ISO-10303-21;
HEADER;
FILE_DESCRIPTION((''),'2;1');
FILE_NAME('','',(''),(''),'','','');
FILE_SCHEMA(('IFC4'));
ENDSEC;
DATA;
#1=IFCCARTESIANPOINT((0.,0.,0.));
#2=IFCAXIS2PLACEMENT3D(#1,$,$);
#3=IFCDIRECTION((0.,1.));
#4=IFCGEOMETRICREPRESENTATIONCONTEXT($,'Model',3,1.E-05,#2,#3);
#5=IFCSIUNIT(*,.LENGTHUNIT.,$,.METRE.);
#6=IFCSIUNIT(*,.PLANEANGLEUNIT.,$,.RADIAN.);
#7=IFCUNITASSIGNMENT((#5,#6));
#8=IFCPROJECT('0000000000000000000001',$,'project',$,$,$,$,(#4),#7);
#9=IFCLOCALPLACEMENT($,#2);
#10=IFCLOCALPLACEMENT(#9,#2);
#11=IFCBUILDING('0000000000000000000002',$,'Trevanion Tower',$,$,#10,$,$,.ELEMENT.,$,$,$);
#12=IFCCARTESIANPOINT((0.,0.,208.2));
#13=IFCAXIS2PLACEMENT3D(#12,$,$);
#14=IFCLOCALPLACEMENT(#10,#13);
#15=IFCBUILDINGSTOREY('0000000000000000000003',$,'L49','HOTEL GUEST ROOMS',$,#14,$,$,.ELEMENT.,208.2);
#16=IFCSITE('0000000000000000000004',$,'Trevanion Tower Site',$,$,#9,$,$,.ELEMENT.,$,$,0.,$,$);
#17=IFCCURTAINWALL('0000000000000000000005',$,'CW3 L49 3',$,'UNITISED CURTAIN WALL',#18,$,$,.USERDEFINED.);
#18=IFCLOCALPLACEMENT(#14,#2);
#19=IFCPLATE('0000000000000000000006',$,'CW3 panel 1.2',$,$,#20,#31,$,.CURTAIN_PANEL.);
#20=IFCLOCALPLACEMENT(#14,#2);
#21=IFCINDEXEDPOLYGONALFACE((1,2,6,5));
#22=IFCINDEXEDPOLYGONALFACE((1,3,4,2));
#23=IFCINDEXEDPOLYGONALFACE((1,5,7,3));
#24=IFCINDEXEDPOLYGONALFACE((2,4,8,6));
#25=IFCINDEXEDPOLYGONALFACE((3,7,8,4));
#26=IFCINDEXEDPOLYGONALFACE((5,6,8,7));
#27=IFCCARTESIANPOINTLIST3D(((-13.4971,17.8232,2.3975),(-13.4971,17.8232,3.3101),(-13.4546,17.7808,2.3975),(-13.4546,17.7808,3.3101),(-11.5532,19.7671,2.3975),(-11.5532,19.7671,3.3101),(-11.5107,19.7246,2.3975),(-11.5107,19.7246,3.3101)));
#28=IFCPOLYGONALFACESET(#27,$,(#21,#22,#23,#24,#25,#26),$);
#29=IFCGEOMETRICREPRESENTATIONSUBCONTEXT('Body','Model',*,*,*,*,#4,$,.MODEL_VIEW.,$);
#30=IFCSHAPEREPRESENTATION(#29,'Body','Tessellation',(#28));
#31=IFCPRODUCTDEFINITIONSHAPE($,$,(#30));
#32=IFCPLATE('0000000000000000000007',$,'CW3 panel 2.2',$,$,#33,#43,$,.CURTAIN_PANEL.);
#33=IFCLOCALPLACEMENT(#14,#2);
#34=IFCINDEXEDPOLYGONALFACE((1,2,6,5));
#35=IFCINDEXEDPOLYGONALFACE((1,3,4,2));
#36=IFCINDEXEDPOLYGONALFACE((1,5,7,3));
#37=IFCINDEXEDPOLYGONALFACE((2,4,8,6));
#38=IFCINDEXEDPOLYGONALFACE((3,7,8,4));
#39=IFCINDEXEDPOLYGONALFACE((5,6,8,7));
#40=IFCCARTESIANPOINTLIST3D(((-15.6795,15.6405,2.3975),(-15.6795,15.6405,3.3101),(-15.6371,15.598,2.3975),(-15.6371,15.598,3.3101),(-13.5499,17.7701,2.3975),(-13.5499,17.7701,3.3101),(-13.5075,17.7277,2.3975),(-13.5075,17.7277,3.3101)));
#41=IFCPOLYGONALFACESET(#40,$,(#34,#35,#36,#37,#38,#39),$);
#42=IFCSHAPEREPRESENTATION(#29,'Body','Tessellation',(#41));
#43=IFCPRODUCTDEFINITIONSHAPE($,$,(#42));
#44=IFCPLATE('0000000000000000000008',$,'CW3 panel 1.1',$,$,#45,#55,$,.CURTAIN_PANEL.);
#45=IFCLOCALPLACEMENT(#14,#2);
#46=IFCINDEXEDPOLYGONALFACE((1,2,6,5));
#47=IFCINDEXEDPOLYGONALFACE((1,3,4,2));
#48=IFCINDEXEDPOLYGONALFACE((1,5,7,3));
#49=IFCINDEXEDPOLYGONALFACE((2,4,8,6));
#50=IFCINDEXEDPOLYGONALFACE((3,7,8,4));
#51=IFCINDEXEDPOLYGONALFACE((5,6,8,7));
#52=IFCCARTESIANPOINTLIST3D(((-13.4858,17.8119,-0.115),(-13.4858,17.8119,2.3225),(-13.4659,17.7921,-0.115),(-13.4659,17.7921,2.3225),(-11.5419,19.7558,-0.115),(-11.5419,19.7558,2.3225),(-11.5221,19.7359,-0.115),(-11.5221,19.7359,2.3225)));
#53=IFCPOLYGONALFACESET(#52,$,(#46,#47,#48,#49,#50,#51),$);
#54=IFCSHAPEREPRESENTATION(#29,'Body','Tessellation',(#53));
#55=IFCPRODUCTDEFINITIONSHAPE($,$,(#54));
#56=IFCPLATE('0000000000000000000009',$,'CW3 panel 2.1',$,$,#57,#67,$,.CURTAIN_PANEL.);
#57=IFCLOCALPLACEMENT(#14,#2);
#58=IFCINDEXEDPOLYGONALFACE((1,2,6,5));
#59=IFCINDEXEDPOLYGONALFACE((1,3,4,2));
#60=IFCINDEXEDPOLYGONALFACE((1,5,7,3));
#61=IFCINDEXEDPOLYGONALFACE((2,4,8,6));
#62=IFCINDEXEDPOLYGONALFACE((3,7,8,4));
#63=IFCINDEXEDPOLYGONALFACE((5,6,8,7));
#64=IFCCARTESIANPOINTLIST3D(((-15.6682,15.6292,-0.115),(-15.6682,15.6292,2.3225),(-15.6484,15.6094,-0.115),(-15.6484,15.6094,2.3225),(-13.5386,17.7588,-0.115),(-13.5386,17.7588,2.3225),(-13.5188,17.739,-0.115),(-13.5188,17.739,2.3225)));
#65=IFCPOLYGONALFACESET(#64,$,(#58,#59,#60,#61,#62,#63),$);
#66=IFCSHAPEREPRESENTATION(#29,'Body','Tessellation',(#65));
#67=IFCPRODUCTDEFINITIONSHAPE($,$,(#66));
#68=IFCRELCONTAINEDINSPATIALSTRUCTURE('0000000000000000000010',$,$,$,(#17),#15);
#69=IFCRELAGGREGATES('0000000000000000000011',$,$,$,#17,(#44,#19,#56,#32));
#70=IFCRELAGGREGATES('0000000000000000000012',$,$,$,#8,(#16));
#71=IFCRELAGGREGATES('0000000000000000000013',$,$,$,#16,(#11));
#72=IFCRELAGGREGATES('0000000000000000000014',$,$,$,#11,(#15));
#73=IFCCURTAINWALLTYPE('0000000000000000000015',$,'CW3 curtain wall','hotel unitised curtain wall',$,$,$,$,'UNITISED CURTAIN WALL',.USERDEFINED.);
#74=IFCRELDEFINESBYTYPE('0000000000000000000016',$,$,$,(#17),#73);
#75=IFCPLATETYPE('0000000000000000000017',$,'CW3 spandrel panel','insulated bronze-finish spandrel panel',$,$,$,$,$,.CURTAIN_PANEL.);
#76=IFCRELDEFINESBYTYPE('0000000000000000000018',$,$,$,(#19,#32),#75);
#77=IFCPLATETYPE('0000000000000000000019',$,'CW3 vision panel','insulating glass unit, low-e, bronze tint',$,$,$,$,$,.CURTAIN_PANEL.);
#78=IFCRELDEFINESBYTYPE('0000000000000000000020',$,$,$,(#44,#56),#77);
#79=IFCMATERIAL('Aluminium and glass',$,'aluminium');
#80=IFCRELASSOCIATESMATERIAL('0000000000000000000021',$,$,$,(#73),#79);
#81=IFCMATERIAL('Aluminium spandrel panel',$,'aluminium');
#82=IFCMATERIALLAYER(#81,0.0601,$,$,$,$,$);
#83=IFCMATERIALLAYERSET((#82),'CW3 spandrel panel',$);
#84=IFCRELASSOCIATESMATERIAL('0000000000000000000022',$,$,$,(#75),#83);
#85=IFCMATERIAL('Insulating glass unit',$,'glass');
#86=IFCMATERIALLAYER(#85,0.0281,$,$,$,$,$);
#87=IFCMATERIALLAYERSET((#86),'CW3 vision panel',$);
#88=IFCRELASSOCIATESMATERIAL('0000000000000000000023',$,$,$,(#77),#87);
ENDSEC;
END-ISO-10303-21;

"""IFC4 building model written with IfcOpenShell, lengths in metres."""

from ifc_helpers import new_model, si_unit, direction, frame, origin, origin_2d, place, context, subcontext, project, spatial, rectangle, extrude, material, layer, layer_set, type_object, element, aggregate, save


model = new_model("IFC4")

# Units and contexts
model_context = context("Model", 3, precision=1e-05, world=origin(), true_north=direction((0.0, 1.0)))
body_context = subcontext(model_context, "Body", "Model", "MODEL_VIEW")
ifc_project = project(units=[si_unit("LENGTHUNIT", "METRE"), si_unit("PLANEANGLEUNIT", "RADIAN")], contexts=[model_context])

# Site, building, storey
site_placement = place(None, origin())
site = spatial("IfcSite", under=ifc_project, at=site_placement, Name="Trevanion Tower Site", CompositionType="ELEMENT", RefElevation=0.0)
building_placement = place(site_placement, origin())
building = spatial("IfcBuilding", under=site, at=building_placement, Name="Trevanion Tower", CompositionType="ELEMENT")
storey_placement = place(building_placement, frame((0.0, 0.0, 208.2)))
storey = spatial("IfcBuildingStorey", under=building, at=storey_placement, Name="L49", Description="HOTEL GUEST ROOMS", CompositionType="ELEMENT", Elevation=208.2)

# Curtain wall
ifc_material_1 = material(Name="Aluminium and glass", Category="aluminium")
curtain_wall_type = type_object("IfcCurtainWallType", Name="CW3 curtain wall", Description="hotel unitised curtain wall", ElementType="UNITISED CURTAIN WALL", PredefinedType="USERDEFINED", material=ifc_material_1)
curtain_wall_1_placement = place(storey_placement, origin())
curtain_wall_1 = element("IfcCurtainWall", 1, at=curtain_wall_1_placement, inside=storey, type_object=curtain_wall_type, Name="CW3 L49 3", ObjectType="UNITISED CURTAIN WALL", PredefinedType="USERDEFINED")

# Plates
ifc_material_2 = material(Name="Aluminium spandrel panel", Category="aluminium")
ifc_layer_1 = layer(ifc_material_2, 0.0601)
ifc_layer_set_1 = layer_set([ifc_layer_1], Name="CW3 spandrel panel")
plate_type_1 = type_object("IfcPlateType", Name="CW3 spandrel panel", Description="insulated bronze-finish spandrel panel", PredefinedType="CURTAIN_PANEL", material=ifc_layer_set_1)
plate_1_placement = place(storey_placement, frame((-12.5039, 18.7739, 2.3975), z_axis=(0.0, 0.0, 1.0), x_axis=(-0.707107, -0.707107, 0.0)))
plate_1 = element("IfcPlate", 2, at=plate_1_placement, type_object=plate_type_1, Name="CW3 panel 1.2", PredefinedType="CURTAIN_PANEL", context=body_context, shape_type="SweptSolid", body=[
    extrude(rectangle(XDim=2.749, YDim=0.0601, at=origin_2d()), origin(), (0.0, 0.0, 1.0), 0.9126),
])
plate_2_placement = place(storey_placement, frame((-14.5935, 16.6841, 2.3975), z_axis=(0.0, 0.0, 1.0), x_axis=(-0.707107, -0.707107, 0.0)))
plate_2 = element("IfcPlate", 3, at=plate_2_placement, type_object=plate_type_1, Name="CW3 panel 2.2", PredefinedType="CURTAIN_PANEL", context=body_context, shape_type="SweptSolid", body=[
    extrude(rectangle(XDim=3.0117, YDim=0.0601, at=origin_2d()), origin(), (0.0, 0.0, 1.0), 0.9126),
])
ifc_material_3 = material(Name="Insulating glass unit", Category="glass")
ifc_layer_2 = layer(ifc_material_3, 0.0281)
ifc_layer_set_2 = layer_set([ifc_layer_2], Name="CW3 vision panel")
plate_type_2 = type_object("IfcPlateType", Name="CW3 vision panel", Description="insulating glass unit, low-e, bronze tint", PredefinedType="CURTAIN_PANEL", material=ifc_layer_set_2)
plate_3_placement = place(storey_placement, frame((-12.5039, 18.7739, -0.115), z_axis=(0.0, 0.0, 1.0), x_axis=(-0.707107, -0.707107, 0.0)))
plate_3 = element("IfcPlate", 4, at=plate_3_placement, type_object=plate_type_2, Name="CW3 panel 1.1", PredefinedType="CURTAIN_PANEL", context=body_context, shape_type="SweptSolid", body=[
    extrude(rectangle(XDim=2.749, YDim=0.0281, at=origin_2d()), origin(), (0.0, 0.0, 1.0), 2.4375),
])
plate_4_placement = place(storey_placement, frame((-14.5935, 16.6841, -0.115), z_axis=(0.0, 0.0, 1.0), x_axis=(-0.707107, -0.707107, 0.0)))
plate_4 = element("IfcPlate", 5, at=plate_4_placement, type_object=plate_type_2, Name="CW3 panel 2.1", PredefinedType="CURTAIN_PANEL", context=body_context, shape_type="SweptSolid", body=[
    extrude(rectangle(XDim=3.0117, YDim=0.0281, at=origin_2d()), origin(), (0.0, 0.0, 1.0), 2.4375),
])
aggregate(curtain_wall_1, [plate_3, plate_1, plate_4, plate_2])

save(model, "model.ifc")
